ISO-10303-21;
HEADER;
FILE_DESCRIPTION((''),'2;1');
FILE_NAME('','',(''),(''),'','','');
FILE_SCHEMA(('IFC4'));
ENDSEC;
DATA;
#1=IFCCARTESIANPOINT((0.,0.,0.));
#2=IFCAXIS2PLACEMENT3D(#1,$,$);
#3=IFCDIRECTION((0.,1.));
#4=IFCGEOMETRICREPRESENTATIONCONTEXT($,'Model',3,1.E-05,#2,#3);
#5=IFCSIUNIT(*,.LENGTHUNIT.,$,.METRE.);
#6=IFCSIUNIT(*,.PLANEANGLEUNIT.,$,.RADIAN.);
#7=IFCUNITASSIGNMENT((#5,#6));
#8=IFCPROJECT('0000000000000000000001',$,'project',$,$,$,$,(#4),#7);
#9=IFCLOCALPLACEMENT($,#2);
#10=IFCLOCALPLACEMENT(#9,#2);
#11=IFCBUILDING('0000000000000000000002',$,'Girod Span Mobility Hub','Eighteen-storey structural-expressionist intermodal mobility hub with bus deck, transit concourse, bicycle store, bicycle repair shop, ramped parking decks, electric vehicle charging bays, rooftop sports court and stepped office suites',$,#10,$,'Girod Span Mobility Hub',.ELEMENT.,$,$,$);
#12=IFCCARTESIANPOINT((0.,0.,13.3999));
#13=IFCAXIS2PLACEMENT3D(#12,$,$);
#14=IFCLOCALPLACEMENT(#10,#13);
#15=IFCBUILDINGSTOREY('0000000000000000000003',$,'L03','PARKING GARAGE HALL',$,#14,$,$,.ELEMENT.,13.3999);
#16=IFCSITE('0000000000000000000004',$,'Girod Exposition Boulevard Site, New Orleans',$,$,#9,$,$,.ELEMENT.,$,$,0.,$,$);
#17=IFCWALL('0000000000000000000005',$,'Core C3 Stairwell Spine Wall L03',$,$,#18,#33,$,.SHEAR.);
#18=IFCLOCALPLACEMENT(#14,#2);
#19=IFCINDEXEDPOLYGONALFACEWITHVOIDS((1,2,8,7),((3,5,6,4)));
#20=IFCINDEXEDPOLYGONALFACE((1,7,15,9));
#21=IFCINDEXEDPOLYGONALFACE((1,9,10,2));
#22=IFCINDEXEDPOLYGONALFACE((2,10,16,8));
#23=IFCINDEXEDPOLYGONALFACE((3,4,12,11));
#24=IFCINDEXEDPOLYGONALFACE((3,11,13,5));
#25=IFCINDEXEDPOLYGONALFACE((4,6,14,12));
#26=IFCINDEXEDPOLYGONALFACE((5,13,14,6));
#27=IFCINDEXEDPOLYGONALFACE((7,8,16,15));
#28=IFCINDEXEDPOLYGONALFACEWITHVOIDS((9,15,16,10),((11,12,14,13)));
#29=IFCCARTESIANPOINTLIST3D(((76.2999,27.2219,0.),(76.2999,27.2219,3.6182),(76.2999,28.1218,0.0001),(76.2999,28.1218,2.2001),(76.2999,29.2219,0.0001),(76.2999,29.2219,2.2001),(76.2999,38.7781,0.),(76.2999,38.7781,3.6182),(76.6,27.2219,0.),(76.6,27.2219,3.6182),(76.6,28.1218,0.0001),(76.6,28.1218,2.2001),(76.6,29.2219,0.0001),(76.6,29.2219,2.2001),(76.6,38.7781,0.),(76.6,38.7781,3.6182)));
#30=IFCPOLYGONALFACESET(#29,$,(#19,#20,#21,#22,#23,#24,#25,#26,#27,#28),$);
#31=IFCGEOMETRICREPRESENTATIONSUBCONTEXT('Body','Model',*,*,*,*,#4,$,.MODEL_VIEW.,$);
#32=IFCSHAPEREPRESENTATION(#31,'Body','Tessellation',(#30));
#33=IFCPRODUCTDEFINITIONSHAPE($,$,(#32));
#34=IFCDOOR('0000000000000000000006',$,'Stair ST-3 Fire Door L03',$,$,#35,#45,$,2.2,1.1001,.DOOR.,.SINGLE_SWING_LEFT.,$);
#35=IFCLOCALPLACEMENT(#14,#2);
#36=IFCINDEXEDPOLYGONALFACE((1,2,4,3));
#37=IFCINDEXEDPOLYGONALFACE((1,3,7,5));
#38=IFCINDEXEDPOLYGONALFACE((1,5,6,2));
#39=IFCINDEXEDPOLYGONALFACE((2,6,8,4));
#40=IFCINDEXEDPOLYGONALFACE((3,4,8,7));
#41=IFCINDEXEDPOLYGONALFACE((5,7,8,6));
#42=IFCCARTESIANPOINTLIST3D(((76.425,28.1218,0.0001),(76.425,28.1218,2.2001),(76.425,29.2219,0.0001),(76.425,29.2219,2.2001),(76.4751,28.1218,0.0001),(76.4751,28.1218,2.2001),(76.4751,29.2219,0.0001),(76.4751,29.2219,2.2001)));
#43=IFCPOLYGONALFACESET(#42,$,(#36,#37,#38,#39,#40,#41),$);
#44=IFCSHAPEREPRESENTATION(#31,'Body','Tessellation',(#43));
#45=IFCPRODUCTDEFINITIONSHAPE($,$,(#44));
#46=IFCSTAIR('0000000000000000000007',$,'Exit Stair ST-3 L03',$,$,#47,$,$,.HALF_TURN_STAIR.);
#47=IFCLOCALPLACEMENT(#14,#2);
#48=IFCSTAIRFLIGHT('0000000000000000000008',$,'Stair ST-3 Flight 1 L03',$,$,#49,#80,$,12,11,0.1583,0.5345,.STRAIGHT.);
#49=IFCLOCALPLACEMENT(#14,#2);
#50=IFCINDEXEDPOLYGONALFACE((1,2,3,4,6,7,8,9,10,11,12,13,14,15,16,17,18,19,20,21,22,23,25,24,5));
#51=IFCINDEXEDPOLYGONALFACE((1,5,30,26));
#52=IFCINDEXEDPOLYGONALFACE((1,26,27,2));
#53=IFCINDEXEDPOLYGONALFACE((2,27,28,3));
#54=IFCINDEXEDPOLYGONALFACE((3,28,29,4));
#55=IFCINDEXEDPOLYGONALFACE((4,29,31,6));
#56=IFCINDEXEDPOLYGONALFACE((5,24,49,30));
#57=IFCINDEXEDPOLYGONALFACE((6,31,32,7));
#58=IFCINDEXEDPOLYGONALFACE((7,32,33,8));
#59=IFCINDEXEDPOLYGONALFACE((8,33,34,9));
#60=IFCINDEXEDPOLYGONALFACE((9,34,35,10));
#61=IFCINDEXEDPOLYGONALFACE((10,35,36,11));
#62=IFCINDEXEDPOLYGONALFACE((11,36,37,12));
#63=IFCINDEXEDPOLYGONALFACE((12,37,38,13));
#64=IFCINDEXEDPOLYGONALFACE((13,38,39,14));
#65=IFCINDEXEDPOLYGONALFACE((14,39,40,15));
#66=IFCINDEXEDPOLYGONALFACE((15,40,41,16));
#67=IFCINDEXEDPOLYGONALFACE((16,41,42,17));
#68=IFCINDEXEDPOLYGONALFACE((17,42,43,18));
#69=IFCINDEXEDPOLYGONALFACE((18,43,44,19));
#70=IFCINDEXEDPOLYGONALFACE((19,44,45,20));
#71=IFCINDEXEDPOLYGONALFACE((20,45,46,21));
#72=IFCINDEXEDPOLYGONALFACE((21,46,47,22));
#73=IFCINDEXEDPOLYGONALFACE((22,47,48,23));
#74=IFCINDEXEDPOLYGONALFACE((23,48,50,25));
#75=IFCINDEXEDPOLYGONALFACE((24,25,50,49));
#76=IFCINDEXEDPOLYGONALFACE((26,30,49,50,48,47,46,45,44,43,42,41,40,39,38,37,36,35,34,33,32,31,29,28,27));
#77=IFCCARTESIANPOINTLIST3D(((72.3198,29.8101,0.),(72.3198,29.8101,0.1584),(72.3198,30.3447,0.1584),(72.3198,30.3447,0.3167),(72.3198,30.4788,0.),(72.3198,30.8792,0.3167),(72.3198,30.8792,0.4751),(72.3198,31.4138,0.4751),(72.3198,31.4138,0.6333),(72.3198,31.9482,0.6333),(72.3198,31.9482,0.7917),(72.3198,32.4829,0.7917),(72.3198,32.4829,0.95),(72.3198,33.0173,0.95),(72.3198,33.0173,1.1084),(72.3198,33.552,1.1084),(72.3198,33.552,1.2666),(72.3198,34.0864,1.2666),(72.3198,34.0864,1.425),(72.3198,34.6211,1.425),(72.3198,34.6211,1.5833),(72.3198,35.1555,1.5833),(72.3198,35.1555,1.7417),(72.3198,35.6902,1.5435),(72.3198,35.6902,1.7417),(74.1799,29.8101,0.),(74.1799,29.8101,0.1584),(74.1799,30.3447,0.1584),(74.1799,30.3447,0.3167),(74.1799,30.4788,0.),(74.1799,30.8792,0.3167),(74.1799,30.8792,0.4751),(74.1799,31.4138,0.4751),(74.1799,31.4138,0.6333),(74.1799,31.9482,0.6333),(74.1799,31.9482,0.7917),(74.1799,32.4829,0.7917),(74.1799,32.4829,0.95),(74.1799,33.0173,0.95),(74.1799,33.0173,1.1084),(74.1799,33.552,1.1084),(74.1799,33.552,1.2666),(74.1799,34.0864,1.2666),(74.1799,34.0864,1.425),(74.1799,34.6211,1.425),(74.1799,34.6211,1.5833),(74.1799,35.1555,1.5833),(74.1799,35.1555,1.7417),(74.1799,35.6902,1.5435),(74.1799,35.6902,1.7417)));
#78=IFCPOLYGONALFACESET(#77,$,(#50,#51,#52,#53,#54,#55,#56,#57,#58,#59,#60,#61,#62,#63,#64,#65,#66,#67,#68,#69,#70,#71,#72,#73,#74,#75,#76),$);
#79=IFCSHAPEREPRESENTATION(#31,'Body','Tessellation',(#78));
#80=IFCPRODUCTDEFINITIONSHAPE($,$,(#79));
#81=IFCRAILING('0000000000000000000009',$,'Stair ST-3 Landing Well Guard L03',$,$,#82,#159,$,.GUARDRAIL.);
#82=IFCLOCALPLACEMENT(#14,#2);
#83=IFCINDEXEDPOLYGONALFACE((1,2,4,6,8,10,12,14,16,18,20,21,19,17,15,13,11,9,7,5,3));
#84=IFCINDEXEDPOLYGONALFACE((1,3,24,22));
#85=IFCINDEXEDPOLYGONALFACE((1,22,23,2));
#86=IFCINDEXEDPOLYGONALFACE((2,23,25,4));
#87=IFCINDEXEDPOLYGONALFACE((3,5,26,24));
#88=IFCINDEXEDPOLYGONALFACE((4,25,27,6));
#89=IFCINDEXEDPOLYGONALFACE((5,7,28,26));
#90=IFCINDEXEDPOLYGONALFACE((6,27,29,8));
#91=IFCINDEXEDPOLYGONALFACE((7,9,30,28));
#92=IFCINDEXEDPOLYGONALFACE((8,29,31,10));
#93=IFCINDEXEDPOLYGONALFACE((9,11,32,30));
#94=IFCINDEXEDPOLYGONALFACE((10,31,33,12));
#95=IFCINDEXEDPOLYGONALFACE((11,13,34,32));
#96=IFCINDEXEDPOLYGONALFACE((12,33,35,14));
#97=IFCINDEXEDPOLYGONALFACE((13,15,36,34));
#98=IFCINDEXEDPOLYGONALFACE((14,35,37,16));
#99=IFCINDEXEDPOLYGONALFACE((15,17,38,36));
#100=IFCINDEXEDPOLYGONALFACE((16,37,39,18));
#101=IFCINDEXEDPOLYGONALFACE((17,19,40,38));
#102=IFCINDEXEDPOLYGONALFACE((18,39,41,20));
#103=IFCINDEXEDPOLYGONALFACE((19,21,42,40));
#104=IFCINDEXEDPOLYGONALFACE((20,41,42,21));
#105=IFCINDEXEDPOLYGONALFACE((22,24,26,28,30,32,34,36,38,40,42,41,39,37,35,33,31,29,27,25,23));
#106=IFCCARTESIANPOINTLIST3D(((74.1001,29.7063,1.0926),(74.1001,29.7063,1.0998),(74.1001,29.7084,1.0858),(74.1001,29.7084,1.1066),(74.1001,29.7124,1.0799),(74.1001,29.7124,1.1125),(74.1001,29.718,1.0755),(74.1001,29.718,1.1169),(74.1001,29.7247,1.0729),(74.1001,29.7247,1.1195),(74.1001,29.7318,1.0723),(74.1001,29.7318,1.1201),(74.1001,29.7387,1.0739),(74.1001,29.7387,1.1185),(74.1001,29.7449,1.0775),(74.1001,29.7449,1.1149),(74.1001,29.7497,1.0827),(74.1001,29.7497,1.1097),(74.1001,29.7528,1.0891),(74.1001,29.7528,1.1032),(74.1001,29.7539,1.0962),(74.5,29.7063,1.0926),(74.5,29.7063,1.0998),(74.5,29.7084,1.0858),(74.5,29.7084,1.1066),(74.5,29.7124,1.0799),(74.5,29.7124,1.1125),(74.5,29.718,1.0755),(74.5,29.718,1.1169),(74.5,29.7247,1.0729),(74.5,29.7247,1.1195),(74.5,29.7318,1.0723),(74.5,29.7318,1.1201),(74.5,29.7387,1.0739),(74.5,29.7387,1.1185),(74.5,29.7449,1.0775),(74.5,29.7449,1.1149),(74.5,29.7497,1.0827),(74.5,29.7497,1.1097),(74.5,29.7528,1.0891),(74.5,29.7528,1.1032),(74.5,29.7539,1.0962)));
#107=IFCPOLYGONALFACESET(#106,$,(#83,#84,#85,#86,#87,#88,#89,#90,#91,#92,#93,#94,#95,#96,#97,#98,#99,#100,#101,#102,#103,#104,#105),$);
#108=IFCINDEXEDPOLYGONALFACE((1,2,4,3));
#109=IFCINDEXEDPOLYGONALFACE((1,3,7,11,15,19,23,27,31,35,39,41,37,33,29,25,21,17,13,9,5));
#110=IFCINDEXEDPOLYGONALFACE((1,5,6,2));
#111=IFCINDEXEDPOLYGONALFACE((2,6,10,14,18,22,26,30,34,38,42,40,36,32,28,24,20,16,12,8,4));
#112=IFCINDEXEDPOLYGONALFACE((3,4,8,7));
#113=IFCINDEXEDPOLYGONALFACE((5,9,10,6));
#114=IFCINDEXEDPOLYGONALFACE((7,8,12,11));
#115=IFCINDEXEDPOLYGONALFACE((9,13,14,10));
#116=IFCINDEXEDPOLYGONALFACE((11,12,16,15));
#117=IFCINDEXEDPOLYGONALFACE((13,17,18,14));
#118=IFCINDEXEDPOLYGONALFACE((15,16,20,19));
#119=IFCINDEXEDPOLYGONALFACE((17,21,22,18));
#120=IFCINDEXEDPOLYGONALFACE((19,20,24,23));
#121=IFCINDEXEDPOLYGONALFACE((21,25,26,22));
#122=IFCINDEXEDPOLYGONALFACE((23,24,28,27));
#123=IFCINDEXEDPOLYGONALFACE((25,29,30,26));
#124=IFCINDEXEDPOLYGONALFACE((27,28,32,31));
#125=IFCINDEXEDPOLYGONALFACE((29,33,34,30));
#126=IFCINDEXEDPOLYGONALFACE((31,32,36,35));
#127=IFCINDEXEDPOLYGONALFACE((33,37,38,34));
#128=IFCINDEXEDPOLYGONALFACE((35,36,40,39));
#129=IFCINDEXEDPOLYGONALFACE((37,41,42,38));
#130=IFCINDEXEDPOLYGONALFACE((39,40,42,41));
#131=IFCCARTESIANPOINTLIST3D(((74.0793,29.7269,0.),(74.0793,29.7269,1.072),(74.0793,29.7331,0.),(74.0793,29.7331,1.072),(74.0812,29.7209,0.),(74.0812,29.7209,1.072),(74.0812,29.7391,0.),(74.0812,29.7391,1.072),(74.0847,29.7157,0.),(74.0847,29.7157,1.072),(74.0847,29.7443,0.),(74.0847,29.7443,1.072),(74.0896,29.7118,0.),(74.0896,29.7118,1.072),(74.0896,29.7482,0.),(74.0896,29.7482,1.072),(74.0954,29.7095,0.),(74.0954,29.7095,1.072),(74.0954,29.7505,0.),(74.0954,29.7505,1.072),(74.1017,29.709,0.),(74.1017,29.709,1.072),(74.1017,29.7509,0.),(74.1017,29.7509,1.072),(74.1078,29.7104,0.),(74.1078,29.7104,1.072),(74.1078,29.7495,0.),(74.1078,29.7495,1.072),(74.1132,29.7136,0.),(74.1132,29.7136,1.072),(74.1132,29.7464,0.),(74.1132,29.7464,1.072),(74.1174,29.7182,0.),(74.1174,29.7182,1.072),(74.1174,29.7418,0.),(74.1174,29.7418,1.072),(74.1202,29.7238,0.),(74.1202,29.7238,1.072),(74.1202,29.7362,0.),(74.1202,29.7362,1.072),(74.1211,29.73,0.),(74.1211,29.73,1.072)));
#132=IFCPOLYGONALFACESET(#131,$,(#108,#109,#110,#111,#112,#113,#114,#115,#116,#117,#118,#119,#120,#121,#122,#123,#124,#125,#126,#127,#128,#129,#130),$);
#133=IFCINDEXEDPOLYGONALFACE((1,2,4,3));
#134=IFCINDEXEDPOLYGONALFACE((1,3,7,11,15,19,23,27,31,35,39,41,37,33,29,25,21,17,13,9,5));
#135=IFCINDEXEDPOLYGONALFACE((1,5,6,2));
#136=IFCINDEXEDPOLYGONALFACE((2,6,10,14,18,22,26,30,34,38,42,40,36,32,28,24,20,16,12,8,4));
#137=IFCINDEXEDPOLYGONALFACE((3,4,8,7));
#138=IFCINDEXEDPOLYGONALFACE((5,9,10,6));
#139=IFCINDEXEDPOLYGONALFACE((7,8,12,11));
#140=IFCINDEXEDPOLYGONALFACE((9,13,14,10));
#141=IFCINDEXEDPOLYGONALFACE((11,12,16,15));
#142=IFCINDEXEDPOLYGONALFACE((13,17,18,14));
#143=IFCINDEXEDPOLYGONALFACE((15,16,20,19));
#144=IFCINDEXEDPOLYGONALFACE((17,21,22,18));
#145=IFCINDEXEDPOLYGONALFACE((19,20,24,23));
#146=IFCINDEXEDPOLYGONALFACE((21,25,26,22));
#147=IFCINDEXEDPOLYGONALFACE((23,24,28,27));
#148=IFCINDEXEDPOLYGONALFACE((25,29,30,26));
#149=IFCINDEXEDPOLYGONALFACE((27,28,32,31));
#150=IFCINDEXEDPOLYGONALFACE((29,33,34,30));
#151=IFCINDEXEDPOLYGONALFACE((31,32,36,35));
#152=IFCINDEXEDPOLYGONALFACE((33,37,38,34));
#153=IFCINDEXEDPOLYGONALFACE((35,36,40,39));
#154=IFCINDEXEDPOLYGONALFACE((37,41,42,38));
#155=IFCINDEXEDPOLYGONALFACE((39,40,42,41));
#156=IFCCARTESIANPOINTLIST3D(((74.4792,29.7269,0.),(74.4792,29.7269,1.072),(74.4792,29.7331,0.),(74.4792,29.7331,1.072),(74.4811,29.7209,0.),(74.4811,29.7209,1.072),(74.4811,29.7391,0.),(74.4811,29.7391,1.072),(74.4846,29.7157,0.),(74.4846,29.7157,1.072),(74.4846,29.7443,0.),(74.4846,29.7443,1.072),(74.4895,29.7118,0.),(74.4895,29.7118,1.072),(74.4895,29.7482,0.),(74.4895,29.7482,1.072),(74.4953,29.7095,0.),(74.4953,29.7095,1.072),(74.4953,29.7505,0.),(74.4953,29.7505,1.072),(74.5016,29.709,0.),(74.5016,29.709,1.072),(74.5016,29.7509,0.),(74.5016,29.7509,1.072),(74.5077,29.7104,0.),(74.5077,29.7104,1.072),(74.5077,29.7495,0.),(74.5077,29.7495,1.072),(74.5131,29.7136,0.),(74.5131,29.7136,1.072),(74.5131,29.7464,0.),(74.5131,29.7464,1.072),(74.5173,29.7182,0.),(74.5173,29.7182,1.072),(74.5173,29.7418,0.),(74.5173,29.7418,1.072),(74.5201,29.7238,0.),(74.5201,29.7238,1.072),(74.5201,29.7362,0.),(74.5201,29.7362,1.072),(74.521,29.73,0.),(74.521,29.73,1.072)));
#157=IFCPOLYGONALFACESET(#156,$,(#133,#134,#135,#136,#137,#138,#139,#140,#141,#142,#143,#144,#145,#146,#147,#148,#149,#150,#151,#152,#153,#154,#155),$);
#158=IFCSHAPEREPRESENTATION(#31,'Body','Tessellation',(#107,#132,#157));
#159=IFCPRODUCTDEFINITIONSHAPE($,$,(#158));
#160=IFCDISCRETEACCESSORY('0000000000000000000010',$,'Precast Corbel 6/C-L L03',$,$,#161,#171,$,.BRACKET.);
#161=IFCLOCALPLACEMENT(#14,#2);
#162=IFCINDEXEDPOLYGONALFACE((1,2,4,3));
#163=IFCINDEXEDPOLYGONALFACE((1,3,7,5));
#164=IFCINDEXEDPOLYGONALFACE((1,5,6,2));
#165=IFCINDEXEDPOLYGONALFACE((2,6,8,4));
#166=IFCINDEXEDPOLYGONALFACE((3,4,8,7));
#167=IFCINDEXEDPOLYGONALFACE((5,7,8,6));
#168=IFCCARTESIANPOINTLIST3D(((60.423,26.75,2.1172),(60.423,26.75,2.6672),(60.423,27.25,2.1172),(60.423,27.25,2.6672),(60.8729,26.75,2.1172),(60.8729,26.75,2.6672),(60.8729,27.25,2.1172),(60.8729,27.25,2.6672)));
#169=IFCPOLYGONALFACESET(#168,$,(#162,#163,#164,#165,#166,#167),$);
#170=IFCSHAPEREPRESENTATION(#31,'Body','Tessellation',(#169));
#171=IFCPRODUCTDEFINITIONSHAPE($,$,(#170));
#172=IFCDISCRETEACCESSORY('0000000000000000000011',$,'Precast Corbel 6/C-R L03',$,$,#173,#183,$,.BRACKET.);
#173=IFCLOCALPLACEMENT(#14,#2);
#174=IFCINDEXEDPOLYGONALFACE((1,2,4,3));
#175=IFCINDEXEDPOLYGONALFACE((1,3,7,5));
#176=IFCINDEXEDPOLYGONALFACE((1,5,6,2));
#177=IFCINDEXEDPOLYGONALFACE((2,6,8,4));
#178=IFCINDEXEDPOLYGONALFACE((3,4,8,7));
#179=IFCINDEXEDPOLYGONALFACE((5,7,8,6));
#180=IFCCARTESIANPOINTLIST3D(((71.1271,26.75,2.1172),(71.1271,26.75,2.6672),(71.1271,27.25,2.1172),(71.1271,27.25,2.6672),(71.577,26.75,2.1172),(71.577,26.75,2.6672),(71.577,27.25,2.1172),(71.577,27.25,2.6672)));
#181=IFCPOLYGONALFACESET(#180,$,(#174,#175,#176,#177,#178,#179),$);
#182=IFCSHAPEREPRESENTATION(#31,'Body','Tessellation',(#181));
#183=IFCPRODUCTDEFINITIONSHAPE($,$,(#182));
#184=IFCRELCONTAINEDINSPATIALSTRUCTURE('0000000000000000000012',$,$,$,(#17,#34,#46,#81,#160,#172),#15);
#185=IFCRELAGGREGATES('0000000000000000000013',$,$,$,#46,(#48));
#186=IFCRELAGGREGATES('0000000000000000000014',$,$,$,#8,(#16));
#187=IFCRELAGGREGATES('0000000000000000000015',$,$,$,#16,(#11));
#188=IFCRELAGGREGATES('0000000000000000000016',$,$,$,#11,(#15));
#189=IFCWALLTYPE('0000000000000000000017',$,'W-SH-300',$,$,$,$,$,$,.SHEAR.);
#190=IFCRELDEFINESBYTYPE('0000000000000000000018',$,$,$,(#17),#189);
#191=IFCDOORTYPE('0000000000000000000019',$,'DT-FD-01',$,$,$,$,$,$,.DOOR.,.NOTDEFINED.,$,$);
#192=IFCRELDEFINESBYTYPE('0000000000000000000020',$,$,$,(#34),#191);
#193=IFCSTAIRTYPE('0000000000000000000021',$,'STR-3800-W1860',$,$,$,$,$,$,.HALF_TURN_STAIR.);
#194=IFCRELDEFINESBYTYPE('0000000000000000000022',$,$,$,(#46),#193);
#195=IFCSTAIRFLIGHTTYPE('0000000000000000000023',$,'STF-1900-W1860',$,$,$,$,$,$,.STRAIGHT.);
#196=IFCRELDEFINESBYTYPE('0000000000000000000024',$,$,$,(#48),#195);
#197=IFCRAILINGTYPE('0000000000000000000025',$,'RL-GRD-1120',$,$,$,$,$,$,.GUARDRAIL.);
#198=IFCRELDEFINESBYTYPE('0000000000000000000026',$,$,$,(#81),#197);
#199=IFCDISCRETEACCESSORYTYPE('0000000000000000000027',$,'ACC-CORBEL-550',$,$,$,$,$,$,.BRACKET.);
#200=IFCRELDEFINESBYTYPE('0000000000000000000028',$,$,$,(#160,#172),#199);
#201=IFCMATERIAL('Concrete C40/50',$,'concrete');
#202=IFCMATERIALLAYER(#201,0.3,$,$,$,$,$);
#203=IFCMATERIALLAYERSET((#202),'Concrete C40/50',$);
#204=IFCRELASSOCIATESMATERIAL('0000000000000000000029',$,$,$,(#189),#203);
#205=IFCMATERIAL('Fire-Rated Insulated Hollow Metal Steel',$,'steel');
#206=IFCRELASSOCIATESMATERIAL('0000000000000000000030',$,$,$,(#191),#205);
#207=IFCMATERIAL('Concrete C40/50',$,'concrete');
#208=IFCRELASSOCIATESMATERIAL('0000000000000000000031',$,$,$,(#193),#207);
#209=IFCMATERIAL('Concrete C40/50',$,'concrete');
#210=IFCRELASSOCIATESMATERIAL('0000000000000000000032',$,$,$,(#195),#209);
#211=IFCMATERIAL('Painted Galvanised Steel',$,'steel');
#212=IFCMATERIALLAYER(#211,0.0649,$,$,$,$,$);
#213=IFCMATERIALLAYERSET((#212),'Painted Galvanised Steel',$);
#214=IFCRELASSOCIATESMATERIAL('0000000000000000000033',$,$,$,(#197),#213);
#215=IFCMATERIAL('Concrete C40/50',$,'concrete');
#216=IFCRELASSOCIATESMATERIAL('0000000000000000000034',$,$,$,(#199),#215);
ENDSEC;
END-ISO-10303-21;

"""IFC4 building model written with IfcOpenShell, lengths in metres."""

from ifc_helpers import new_model, si_unit, direction, frame, frame_2d, origin, origin_2d, place, context, subcontext, project, spatial, polyline, rectangle, circle, outline, extrude, material, layer, layer_set, type_object, element, fill, aggregate, save


model = new_model("IFC4")

# Units and contexts
model_context = context("Model", 3, precision=1e-05, world=origin(), true_north=direction((0.0, 1.0)))
body_context = subcontext(model_context, "Body", "Model", "MODEL_VIEW")
ifc_project = project(units=[si_unit("LENGTHUNIT", "METRE"), si_unit("PLANEANGLEUNIT", "RADIAN")], contexts=[model_context])

# Site, building, storey
site_placement = place(None, origin())
site = spatial("IfcSite", under=ifc_project, at=site_placement, Name="Girod Exposition Boulevard Site, New Orleans", CompositionType="ELEMENT", RefElevation=0.0)
building_placement = place(site_placement, origin())
building = spatial("IfcBuilding", under=site, at=building_placement, Name="Girod Span Mobility Hub", Description="Eighteen-storey structural-expressionist intermodal mobility hub with bus deck, transit concourse, bicycle store, bicycle repair shop, ramped parking decks, electric vehicle charging bays, rooftop sports court and stepped office suites", LongName="Girod Span Mobility Hub", CompositionType="ELEMENT")
storey_placement = place(building_placement, frame((0.0, 0.0, 13.3999)))
storey = spatial("IfcBuildingStorey", under=building, at=storey_placement, Name="L03", Description="PARKING GARAGE HALL", CompositionType="ELEMENT", Elevation=13.3999)

# Wall, opening, door
ifc_material_1 = material(Name="Concrete C40/50", Category="concrete")
ifc_layer_1 = layer(ifc_material_1, 0.3)
ifc_layer_set_1 = layer_set([ifc_layer_1], Name="Concrete C40/50")
wall_type_1 = type_object("IfcWallType", Name="W-SH-300", PredefinedType="SHEAR", material=ifc_layer_set_1)
wall_1_placement = place(storey_placement, frame((76.45, 27.2219, 0.0), z_axis=(0.0, 0.0, 1.0), x_axis=(0.0, 1.0, 0.0)))
wall_1 = element("IfcWall", 1, at=wall_1_placement, inside=storey, type_object=wall_type_1, Name="Core C3 Stairwell Spine Wall L03", PredefinedType="SHEAR", context=body_context, shape_type="SweptSolid", body=[
    extrude(rectangle(XDim=11.5562, YDim=0.3, at=frame_2d((5.7781, 0.0))), origin(), (0.0, 0.0, 1.0), 3.6182),
])
opening_placement = place(wall_1_placement, frame((0.8999, 0.0, 0.0)))
opening = element("IfcOpeningElement", 2, at=opening_placement, cuts=wall_1, PredefinedType="OPENING", context=body_context, shape_type="SweptSolid", body=[
    extrude(rectangle(XDim=1.1001, YDim=2.2, at=frame_2d((0.55, 1.1001))), frame((0.0, 0.165, 0.0), z_axis=(0.0, -1.0, 0.0), x_axis=(1.0, 0.0, 0.0)), (0.0, 0.0, 1.0), 0.3301),
])
ifc_material_2 = material(Name="Fire-Rated Insulated Hollow Metal Steel", Category="steel")
door_type = type_object("IfcDoorType", Name="DT-FD-01", OperationType="NOTDEFINED", PredefinedType="DOOR", material=ifc_material_2)
door_placement = place(opening_placement, origin())
door = element("IfcDoor", 3, at=door_placement, inside=storey, type_object=door_type, Name="Stair ST-3 Fire Door L03", OperationType="SINGLE_SWING_LEFT", OverallHeight=2.2, OverallWidth=1.1001, PredefinedType="DOOR", context=body_context, shape_type="SweptSolid", body=[
    extrude(rectangle(XDim=1.1001, YDim=2.2, at=frame_2d((0.55, 1.1001))), frame((0.0, 0.0249, 0.0), z_axis=(0.0, -1.0, 0.0), x_axis=(1.0, 0.0, 0.0)), (0.0, 0.0, 1.0), 0.05),
])
fill(opening, door)

# Stair, stair flight
ifc_material_3 = material(Name="Concrete C40/50", Category="concrete")
stair_type = type_object("IfcStairType", Name="STR-3800-W1860", PredefinedType="HALF_TURN_STAIR", material=ifc_material_3)
stair_placement = place(storey_placement, origin())
stair = element("IfcStair", 4, at=stair_placement, inside=storey, type_object=stair_type, Name="Exit Stair ST-3 L03", PredefinedType="HALF_TURN_STAIR")
ifc_material_4 = material(Name="Concrete C40/50", Category="concrete")
stair_flight_type = type_object("IfcStairFlightType", Name="STF-1900-W1860", PredefinedType="STRAIGHT", material=ifc_material_4)
stair_flight_placement = place(storey_placement, frame((73.25, 29.8101, 0.0), z_axis=(0.0, 0.0, 1.0), x_axis=(0.0, 1.0, 0.0)))
stair_flight = element("IfcStairFlight", 5, at=stair_flight_placement, type_object=stair_flight_type, Name="Stair ST-3 Flight 1 L03", NumberOfRisers=12, NumberOfTreads=11, PredefinedType="STRAIGHT", RiserHeight=0.1583, TreadLength=0.5345, context=body_context, shape_type="SweptSolid", body=[
    extrude(outline(polyline([(0.0, 0.0), (0.0, 0.1584), (0.5347, 0.1584), (0.5347, 0.3167), (1.0691, 0.3167), (1.0691, 0.4751), (1.6038, 0.4751), (1.6038, 0.6333), (2.1382, 0.6333), (2.1382, 0.7917), (2.6729, 0.7917), (2.6729, 0.95), (3.2073, 0.95), (3.2073, 1.1084), (3.7419, 1.1084), (3.7419, 1.2666), (4.2764, 1.2666), (4.2764, 1.425), (4.811, 1.425), (4.811, 1.5833), (5.3455, 1.5833), (5.3455, 1.7417), (5.8801, 1.7417), (5.8801, 1.8999), (5.8801, 1.5435), (0.6687, 0.0), (0.0, 0.0)])), frame((0.0, 0.9302, 0.0), z_axis=(0.0, -1.0, 0.0), x_axis=(1.0, 0.0, 0.0)), (0.0, 0.0, 1.0), 1.8601),
])
aggregate(stair, [stair_flight])

# Railing
ifc_material_5 = material(Name="Painted Galvanised Steel", Category="steel")
ifc_layer_2 = layer(ifc_material_5, 0.0649)
ifc_layer_set_2 = layer_set([ifc_layer_2], Name="Painted Galvanised Steel")
railing_type_1 = type_object("IfcRailingType", Name="RL-GRD-1120", PredefinedType="GUARDRAIL", material=ifc_layer_set_2)
railing_1_placement = place(storey_placement, frame((74.1001, 29.73, 0.0)))
element("IfcRailing", 6, at=railing_1_placement, inside=storey, type_object=railing_type_1, Name="Stair ST-3 Landing Well Guard L03", PredefinedType="GUARDRAIL", context=body_context, shape_type="SweptSolid", body=[
    extrude(circle(Radius=0.0239, at=origin_2d()), frame((0.0, 0.0, 1.0962), z_axis=(1.0, 0.0, 0.0), x_axis=(0.0, 1.0, 0.0)), (0.0, 0.0, 1.0), 0.3999),
    extrude(circle(Radius=0.021, at=origin_2d()), origin(), (0.0, 0.0, 1.0), 1.072),
    extrude(circle(Radius=0.021, at=origin_2d()), frame((0.3999, 0.0, 0.0)), (0.0, 0.0, 1.0), 1.072),
])

# Discrete accessories
ifc_material_6 = material(Name="Concrete C40/50", Category="concrete")
discrete_accessory_type = type_object("IfcDiscreteAccessoryType", Name="ACC-CORBEL-550", PredefinedType="BRACKET", material=ifc_material_6)
for number, where, z_axis, x_axis, name in (
    (7, (60.6479, 27.0, 2.1172), (0.0, 0.0, 1.0), (1.0, 0.0, 0.0), "Precast Corbel 6/C-L L03"),
    (8, (71.3521, 27.0, 2.1172), (0.0, 0.0, 1.0), (1.0, 0.0, 0.0), "Precast Corbel 6/C-R L03"),
):
    element("IfcDiscreteAccessory", number, at=place(storey_placement, frame(where, z_axis=z_axis, x_axis=x_axis)), inside=storey, type_object=discrete_accessory_type, Name=name, PredefinedType="BRACKET", context=body_context, shape_type="SweptSolid", body=[
        extrude(rectangle(XDim=0.45, YDim=0.5, at=origin_2d()), origin(), (0.0, 0.0, 1.0), 0.55),
    ])

save(model, "model.ifc")
